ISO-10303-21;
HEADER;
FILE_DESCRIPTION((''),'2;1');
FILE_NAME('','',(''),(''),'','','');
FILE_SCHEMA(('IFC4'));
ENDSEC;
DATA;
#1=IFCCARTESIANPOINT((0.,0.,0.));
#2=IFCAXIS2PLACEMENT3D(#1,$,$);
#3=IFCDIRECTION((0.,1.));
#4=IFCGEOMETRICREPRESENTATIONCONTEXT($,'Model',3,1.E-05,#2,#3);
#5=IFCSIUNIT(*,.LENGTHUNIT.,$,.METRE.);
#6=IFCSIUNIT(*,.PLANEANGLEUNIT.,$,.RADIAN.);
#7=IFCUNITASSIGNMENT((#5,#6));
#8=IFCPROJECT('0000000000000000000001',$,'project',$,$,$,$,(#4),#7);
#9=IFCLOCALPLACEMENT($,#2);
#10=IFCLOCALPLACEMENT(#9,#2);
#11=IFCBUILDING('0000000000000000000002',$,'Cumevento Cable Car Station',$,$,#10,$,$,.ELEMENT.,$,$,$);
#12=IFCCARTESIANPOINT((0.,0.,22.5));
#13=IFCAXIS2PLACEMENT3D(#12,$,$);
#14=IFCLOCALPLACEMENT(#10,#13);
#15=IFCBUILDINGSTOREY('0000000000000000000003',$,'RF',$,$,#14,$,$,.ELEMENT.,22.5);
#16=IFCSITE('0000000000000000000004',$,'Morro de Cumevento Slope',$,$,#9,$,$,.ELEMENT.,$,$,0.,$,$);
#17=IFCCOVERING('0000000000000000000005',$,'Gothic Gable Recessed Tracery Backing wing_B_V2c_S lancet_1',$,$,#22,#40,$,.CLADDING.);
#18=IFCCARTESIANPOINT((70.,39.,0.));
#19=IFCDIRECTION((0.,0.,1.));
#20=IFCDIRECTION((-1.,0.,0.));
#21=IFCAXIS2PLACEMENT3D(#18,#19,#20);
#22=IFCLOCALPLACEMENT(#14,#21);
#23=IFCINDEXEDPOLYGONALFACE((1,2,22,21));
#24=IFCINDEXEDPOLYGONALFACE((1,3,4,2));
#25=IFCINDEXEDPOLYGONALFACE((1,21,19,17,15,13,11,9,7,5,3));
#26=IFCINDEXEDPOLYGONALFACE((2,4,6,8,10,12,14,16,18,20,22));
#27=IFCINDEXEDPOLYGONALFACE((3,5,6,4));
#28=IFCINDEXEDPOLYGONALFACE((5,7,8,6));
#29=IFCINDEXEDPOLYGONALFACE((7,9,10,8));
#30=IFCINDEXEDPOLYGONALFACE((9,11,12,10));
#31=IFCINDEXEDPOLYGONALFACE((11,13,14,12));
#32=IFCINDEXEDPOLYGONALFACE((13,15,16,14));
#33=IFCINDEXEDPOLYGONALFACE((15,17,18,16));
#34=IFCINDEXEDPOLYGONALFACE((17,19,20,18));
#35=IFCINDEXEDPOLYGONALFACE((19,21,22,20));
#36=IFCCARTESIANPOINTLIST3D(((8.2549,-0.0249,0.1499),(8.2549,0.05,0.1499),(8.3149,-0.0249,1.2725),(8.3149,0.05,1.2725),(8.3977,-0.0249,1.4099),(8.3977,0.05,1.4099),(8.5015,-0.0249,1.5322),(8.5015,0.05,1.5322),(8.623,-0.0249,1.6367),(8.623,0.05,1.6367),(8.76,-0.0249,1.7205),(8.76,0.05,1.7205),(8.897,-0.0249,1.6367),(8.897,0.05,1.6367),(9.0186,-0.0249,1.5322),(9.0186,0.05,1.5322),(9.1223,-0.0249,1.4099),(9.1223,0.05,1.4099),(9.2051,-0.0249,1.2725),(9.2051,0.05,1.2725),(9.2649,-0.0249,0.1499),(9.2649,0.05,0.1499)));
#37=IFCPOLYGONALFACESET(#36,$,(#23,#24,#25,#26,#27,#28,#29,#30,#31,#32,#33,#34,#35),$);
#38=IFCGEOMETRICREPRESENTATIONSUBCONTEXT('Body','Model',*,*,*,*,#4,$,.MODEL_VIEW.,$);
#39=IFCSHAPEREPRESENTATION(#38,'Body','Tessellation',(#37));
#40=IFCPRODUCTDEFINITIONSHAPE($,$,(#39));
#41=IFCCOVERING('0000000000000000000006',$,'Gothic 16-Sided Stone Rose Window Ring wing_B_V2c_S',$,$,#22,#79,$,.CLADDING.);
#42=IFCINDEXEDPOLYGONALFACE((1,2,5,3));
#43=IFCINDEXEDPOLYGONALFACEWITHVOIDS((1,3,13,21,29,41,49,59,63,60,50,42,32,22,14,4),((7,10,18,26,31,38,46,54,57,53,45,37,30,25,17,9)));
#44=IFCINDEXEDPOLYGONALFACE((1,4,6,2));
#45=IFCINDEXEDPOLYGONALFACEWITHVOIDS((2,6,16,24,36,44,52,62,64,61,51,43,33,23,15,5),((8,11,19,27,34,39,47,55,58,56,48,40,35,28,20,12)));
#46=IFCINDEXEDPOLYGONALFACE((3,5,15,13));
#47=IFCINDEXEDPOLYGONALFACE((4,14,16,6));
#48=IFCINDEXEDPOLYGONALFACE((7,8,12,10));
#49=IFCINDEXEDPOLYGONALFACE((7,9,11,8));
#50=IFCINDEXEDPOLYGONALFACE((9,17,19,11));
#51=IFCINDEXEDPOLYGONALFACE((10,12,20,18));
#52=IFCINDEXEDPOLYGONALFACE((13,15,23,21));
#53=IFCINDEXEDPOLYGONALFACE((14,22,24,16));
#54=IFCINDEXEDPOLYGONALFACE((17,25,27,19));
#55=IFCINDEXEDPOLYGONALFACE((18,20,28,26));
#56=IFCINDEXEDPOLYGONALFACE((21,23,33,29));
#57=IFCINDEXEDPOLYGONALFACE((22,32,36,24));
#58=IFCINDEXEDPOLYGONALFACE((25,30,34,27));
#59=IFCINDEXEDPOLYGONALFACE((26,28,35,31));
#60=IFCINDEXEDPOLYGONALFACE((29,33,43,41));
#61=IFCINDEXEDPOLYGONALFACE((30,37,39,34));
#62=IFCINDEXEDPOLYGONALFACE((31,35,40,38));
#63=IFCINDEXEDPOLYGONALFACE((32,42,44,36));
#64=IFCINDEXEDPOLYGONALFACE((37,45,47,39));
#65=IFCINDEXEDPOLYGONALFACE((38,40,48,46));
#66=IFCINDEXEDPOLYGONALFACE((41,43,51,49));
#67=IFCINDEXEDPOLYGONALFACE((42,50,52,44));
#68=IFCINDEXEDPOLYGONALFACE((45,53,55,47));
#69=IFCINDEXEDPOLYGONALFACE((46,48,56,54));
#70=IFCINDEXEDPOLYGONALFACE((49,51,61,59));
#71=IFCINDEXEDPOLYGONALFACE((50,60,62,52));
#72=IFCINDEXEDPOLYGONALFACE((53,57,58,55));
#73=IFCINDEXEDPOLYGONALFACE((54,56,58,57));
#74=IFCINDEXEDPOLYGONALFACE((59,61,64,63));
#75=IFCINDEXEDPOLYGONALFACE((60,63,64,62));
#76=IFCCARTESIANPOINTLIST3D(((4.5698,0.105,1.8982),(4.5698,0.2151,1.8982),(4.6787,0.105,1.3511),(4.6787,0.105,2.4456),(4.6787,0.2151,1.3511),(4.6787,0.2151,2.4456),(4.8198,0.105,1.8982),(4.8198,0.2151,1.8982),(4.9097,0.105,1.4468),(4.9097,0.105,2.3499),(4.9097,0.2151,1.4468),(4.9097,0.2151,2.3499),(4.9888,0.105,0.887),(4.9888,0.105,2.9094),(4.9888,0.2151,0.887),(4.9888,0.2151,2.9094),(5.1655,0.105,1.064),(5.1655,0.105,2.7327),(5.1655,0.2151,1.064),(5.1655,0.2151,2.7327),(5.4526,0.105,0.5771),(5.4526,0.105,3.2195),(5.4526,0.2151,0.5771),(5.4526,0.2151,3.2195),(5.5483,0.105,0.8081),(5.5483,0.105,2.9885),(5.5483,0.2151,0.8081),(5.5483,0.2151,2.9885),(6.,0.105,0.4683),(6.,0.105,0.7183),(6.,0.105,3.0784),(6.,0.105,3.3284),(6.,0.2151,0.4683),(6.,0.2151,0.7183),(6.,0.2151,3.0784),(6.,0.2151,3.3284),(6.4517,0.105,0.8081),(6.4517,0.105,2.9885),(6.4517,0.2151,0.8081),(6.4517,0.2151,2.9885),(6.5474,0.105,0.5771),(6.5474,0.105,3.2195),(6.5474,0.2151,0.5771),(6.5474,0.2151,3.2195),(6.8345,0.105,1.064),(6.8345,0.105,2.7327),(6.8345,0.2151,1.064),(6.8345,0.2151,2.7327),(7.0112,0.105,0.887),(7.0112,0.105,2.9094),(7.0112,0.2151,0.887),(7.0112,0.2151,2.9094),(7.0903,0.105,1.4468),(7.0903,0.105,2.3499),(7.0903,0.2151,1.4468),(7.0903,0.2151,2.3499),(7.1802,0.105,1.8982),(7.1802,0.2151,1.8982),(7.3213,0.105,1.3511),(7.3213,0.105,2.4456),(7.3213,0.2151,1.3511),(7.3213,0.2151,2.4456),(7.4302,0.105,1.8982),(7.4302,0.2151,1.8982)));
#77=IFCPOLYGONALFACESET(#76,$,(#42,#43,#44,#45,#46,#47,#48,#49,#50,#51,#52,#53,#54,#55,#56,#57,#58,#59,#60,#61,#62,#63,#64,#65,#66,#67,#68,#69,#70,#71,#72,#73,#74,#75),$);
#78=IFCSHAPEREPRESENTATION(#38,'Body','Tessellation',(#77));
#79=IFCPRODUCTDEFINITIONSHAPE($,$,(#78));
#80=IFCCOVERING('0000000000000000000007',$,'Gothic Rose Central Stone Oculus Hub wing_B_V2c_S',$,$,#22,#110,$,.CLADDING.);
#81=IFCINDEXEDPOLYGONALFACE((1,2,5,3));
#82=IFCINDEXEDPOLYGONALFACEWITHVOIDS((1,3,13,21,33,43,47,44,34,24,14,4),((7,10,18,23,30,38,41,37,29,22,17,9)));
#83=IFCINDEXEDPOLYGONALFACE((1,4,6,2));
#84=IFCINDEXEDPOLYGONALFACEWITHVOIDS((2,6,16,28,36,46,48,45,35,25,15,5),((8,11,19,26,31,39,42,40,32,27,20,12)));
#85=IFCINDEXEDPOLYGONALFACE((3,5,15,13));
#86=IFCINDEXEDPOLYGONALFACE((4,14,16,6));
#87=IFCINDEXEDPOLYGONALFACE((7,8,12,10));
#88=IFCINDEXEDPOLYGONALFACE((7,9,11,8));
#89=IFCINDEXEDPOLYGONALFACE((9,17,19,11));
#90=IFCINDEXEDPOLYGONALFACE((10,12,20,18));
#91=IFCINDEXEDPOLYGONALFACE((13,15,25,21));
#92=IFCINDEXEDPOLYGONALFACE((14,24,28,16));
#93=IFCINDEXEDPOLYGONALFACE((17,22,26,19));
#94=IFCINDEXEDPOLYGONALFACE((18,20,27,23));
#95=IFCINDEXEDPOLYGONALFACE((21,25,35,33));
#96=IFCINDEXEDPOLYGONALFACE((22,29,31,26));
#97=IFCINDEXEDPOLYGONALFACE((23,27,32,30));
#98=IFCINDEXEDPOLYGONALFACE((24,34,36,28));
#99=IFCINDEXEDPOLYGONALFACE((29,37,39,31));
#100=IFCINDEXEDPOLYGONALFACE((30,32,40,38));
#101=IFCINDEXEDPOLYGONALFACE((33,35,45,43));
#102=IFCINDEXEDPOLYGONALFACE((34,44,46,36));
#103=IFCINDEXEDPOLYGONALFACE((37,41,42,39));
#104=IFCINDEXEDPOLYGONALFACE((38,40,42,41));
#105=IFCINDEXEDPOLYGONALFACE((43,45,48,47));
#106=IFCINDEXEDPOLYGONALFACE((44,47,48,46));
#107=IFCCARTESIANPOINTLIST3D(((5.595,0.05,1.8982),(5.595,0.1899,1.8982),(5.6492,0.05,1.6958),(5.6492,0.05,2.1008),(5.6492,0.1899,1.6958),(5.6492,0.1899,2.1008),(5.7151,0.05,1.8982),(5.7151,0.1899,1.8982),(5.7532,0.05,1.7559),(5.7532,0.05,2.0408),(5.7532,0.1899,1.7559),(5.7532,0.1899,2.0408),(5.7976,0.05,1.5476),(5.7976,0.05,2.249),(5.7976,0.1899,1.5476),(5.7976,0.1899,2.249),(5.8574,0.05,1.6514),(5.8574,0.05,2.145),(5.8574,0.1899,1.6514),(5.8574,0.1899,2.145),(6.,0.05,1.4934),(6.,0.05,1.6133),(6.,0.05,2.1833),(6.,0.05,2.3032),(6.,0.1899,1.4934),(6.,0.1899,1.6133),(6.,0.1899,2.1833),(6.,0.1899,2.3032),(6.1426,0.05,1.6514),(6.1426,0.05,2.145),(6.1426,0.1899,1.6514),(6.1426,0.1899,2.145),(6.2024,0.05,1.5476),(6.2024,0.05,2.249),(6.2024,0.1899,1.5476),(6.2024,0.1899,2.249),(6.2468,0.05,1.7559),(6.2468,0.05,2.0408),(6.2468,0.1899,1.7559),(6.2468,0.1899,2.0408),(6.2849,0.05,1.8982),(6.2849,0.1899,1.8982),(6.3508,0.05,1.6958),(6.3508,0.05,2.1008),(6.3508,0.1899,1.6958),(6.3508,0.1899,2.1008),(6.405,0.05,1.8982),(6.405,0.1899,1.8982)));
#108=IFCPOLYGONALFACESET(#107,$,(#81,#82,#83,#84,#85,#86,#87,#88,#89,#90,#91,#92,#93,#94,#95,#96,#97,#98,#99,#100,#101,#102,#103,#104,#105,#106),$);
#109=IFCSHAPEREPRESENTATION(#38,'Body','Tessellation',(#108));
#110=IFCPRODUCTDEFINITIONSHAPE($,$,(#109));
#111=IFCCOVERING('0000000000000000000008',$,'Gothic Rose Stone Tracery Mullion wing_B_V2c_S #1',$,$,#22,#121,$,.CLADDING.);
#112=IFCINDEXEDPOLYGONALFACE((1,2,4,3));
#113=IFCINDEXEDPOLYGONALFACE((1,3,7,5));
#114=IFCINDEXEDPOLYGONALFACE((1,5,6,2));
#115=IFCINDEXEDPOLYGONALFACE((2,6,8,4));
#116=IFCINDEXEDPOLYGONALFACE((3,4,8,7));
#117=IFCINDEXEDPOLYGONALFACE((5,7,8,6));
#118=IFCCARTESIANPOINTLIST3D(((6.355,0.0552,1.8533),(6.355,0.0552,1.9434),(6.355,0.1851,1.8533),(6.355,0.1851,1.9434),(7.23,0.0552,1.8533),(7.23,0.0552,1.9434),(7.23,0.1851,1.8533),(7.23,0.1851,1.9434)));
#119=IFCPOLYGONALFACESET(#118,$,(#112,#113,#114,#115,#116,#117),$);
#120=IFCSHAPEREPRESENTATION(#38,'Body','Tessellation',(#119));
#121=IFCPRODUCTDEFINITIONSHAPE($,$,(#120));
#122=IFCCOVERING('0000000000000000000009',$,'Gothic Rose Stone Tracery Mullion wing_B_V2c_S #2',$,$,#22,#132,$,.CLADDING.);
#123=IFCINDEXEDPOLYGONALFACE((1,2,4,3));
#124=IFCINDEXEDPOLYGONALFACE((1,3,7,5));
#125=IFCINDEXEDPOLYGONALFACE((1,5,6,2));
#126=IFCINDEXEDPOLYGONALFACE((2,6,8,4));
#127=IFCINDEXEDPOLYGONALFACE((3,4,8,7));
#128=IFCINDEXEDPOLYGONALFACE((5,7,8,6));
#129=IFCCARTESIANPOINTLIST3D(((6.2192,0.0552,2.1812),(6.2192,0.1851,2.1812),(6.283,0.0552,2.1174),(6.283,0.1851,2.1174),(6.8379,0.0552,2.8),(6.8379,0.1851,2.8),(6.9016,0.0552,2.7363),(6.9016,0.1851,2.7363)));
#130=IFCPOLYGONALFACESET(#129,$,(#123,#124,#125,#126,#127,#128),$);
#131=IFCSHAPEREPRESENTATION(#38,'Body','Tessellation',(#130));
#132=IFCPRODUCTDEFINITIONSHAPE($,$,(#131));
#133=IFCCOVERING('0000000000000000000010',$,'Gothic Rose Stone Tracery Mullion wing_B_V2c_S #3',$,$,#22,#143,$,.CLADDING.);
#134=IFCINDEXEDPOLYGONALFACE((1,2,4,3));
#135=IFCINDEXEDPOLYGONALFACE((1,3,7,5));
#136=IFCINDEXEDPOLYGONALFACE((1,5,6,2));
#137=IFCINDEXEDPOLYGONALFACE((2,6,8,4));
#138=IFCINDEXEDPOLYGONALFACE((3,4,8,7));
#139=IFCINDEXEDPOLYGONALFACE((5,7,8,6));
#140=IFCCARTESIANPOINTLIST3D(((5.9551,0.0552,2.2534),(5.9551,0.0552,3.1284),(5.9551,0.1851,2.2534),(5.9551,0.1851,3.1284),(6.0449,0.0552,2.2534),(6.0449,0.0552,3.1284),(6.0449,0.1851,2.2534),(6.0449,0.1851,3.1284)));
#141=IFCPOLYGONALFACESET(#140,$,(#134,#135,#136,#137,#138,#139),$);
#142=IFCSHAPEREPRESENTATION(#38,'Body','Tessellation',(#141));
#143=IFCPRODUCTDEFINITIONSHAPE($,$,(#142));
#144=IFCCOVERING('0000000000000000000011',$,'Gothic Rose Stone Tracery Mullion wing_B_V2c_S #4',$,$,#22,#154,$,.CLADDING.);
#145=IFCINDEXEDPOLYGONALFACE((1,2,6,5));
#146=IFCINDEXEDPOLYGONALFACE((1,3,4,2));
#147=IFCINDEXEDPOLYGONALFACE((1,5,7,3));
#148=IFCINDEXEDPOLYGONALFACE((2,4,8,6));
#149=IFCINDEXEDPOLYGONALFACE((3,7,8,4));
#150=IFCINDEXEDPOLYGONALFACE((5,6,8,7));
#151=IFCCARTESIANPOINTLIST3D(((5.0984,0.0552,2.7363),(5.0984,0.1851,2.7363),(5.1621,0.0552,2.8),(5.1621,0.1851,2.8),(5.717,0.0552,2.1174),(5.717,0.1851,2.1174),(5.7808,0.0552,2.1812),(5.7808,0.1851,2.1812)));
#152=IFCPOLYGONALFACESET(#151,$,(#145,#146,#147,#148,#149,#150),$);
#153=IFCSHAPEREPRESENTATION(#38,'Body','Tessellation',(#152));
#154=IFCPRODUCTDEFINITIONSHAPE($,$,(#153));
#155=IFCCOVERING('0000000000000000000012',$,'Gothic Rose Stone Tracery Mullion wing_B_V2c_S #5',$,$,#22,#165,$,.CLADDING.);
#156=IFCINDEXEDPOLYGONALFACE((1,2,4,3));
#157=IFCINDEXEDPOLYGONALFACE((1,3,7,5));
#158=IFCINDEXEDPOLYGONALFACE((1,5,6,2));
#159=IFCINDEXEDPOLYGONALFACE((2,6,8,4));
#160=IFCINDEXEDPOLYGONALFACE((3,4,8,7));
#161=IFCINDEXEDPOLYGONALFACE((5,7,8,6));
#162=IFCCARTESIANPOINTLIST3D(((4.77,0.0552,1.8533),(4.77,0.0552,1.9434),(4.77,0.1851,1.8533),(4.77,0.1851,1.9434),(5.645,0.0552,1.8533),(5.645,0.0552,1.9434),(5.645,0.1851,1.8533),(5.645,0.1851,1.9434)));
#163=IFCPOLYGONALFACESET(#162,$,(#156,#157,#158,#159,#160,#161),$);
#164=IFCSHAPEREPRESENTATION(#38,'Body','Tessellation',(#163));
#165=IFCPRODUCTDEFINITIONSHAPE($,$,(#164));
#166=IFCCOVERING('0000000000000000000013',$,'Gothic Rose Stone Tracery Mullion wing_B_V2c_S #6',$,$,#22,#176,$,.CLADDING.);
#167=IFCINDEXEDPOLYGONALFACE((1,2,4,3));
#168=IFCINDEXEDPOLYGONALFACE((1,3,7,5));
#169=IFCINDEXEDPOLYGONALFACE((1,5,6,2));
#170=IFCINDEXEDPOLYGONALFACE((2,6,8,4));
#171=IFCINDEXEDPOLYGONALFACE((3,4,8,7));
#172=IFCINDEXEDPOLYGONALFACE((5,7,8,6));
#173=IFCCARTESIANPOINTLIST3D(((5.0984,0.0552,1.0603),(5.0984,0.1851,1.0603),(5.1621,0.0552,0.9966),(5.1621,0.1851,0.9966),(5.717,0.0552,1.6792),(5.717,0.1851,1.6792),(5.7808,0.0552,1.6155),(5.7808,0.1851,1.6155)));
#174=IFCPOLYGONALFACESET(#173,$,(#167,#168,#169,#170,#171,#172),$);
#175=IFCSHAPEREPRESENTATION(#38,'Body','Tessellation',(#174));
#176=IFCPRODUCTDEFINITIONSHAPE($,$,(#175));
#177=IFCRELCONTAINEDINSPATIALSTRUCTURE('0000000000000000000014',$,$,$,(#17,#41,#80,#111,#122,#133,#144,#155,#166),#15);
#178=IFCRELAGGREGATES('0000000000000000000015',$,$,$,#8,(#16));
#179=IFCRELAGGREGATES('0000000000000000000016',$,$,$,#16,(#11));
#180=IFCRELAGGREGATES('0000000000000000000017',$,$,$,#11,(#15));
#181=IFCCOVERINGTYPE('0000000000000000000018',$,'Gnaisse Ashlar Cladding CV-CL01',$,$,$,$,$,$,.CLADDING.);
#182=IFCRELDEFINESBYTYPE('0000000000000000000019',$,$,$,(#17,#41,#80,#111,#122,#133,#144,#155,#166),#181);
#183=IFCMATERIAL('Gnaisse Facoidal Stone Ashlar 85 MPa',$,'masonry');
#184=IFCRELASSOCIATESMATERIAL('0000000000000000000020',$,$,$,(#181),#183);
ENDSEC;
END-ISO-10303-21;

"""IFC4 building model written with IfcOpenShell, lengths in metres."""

from ifc_helpers import new_model, si_unit, direction, frame, origin, place, context, subcontext, project, spatial, polyline, outline, extrude, material, type_object, element, save


model = new_model("IFC4")

# Units and contexts
model_context = context("Model", 3, precision=1e-05, world=origin(), true_north=direction((0.0, 1.0)))
body_context = subcontext(model_context, "Body", "Model", "MODEL_VIEW")
ifc_project = project(units=[si_unit("LENGTHUNIT", "METRE"), si_unit("PLANEANGLEUNIT", "RADIAN")], contexts=[model_context])

# Site, building, storey
site_placement = place(None, origin())
site = spatial("IfcSite", under=ifc_project, at=site_placement, Name="Morro de Cumevento Slope", CompositionType="ELEMENT", RefElevation=0.0)
building_placement = place(site_placement, origin())
building = spatial("IfcBuilding", under=site, at=building_placement, Name="Cumevento Cable Car Station", CompositionType="ELEMENT")
storey_placement = place(building_placement, frame((0.0, 0.0, 22.5)))
storey = spatial("IfcBuildingStorey", under=building, at=storey_placement, Name="RF", CompositionType="ELEMENT", Elevation=22.5)

# Coverings
ifc_material_1 = material(Name="Gnaisse Facoidal Stone Ashlar 85 MPa", Category="masonry")
covering_type_1 = type_object("IfcCoveringType", Name="Gnaisse Ashlar Cladding CV-CL01", PredefinedType="CLADDING", material=ifc_material_1)
placement = place(storey_placement, frame((70.0, 39.0, 0.0), z_axis=(0.0, 0.0, 1.0), x_axis=(-1.0, 0.0, 0.0)))
element("IfcCovering", 1, at=placement, inside=storey, type_object=covering_type_1, Name="Gothic Gable Recessed Tracery Backing wing_B_V2c_S lancet_1", PredefinedType="CLADDING", context=body_context, shape_type="SweptSolid", body=[
    extrude(outline(polyline([(8.2549, 0.1499), (9.2649, 0.1499), (9.2051, 1.2725), (9.1223, 1.4099), (9.0186, 1.5322), (8.897, 1.6367), (8.76, 1.7205), (8.623, 1.6367), (8.5015, 1.5322), (8.3977, 1.4099), (8.3149, 1.2725), (8.2549, 0.1499)])), frame((0.0, 0.05, 0.0), z_axis=(0.0, -1.0, 0.0), x_axis=(1.0, 0.0, 0.0)), (0.0, 0.0, 1.0), 0.075),
])
element("IfcCovering", 2, at=placement, inside=storey, type_object=covering_type_1, Name="Gothic 16-Sided Stone Rose Window Ring wing_B_V2c_S", PredefinedType="CLADDING", context=body_context, shape_type="SweptSolid", body=[
    extrude(outline(polyline([(7.4302, 1.8982), (7.3213, 2.4456), (7.0112, 2.9094), (6.5474, 3.2195), (6.0, 3.3284), (5.4526, 3.2195), (4.9888, 2.9094), (4.6787, 2.4456), (4.5698, 1.8982), (4.6787, 1.3511), (4.9888, 0.887), (5.4526, 0.5771), (6.0, 0.4683), (6.5474, 0.5771), (7.0112, 0.887), (7.3213, 1.3511), (7.4302, 1.8982)]), holes=[polyline([(7.1802, 1.8982), (7.0903, 2.3499), (6.8345, 2.7327), (6.4517, 2.9885), (6.0, 3.0784), (5.5483, 2.9885), (5.1655, 2.7327), (4.9097, 2.3499), (4.8198, 1.8982), (4.9097, 1.4468), (5.1655, 1.064), (5.5483, 0.8081), (6.0, 0.7183), (6.4517, 0.8081), (6.8345, 1.064), (7.0903, 1.4468), (7.1802, 1.8982)])]), frame((0.0, 0.2151, 0.0), z_axis=(0.0, -1.0, 0.0), x_axis=(1.0, 0.0, 0.0)), (0.0, 0.0, 1.0), 0.1101),
])
element("IfcCovering", 3, at=placement, inside=storey, type_object=covering_type_1, Name="Gothic Rose Central Stone Oculus Hub wing_B_V2c_S", PredefinedType="CLADDING", context=body_context, shape_type="SweptSolid", body=[
    extrude(outline(polyline([(6.405, 1.8982), (6.3508, 2.1008), (6.2024, 2.249), (6.0, 2.3032), (5.7976, 2.249), (5.6492, 2.1008), (5.595, 1.8982), (5.6492, 1.6958), (5.7976, 1.5476), (6.0, 1.4934), (6.2024, 1.5476), (6.3508, 1.6958), (6.405, 1.8982)]), holes=[polyline([(6.2849, 1.8982), (6.2468, 2.0408), (6.1426, 2.145), (6.0, 2.1833), (5.8574, 2.145), (5.7532, 2.0408), (5.7151, 1.8982), (5.7532, 1.7559), (5.8574, 1.6514), (6.0, 1.6133), (6.1426, 1.6514), (6.2468, 1.7559), (6.2849, 1.8982)])]), frame((0.0, 0.1899, 0.0), z_axis=(0.0, -1.0, 0.0), x_axis=(1.0, 0.0, 0.0)), (0.0, 0.0, 1.0), 0.1399),
])
element("IfcCovering", 4, at=placement, inside=storey, type_object=covering_type_1, Name="Gothic Rose Stone Tracery Mullion wing_B_V2c_S #1", PredefinedType="CLADDING", context=body_context, shape_type="SweptSolid", body=[
    extrude(outline(polyline([(6.355, 1.9434), (7.23, 1.9434), (7.23, 1.8533), (6.355, 1.8533), (6.355, 1.9434)])), frame((0.0, 0.1851, 0.0), z_axis=(0.0, -1.0, 0.0), x_axis=(1.0, 0.0, 0.0)), (0.0, 0.0, 1.0), 0.1299),
])
element("IfcCovering", 5, at=placement, inside=storey, type_object=covering_type_1, Name="Gothic Rose Stone Tracery Mullion wing_B_V2c_S #2", PredefinedType="CLADDING", context=body_context, shape_type="SweptSolid", body=[
    extrude(outline(polyline([(6.2192, 2.1812), (6.8379, 2.8), (6.9016, 2.7363), (6.283, 2.1174), (6.2192, 2.1812)])), frame((0.0, 0.1851, 0.0), z_axis=(0.0, -1.0, 0.0), x_axis=(1.0, 0.0, 0.0)), (0.0, 0.0, 1.0), 0.1299),
])
element("IfcCovering", 6, at=placement, inside=storey, type_object=covering_type_1, Name="Gothic Rose Stone Tracery Mullion wing_B_V2c_S #3", PredefinedType="CLADDING", context=body_context, shape_type="SweptSolid", body=[
    extrude(outline(polyline([(5.9551, 2.2534), (5.9551, 3.1284), (6.0449, 3.1284), (6.0449, 2.2534), (5.9551, 2.2534)])), frame((0.0, 0.1851, 0.0), z_axis=(0.0, -1.0, 0.0), x_axis=(1.0, 0.0, 0.0)), (0.0, 0.0, 1.0), 0.1299),
])
element("IfcCovering", 7, at=placement, inside=storey, type_object=covering_type_1, Name="Gothic Rose Stone Tracery Mullion wing_B_V2c_S #4", PredefinedType="CLADDING", context=body_context, shape_type="SweptSolid", body=[
    extrude(outline(polyline([(5.717, 2.1174), (5.0984, 2.7363), (5.1621, 2.8), (5.7808, 2.1812), (5.717, 2.1174)])), frame((0.0, 0.1851, 0.0), z_axis=(0.0, -1.0, 0.0), x_axis=(1.0, 0.0, 0.0)), (0.0, 0.0, 1.0), 0.1299),
])
element("IfcCovering", 8, at=placement, inside=storey, type_object=covering_type_1, Name="Gothic Rose Stone Tracery Mullion wing_B_V2c_S #5", PredefinedType="CLADDING", context=body_context, shape_type="SweptSolid", body=[
    extrude(outline(polyline([(5.645, 1.8533), (4.77, 1.8533), (4.77, 1.9434), (5.645, 1.9434), (5.645, 1.8533)])), frame((0.0, 0.1851, 0.0), z_axis=(0.0, -1.0, 0.0), x_axis=(1.0, 0.0, 0.0)), (0.0, 0.0, 1.0), 0.1299),
])
element("IfcCovering", 9, at=placement, inside=storey, type_object=covering_type_1, Name="Gothic Rose Stone Tracery Mullion wing_B_V2c_S #6", PredefinedType="CLADDING", context=body_context, shape_type="SweptSolid", body=[
    extrude(outline(polyline([(5.7808, 1.6155), (5.1621, 0.9966), (5.0984, 1.0603), (5.717, 1.6792), (5.7808, 1.6155)])), frame((0.0, 0.1851, 0.0), z_axis=(0.0, -1.0, 0.0), x_axis=(1.0, 0.0, 0.0)), (0.0, 0.0, 1.0), 0.1299),
])

save(model, "model.ifc")
